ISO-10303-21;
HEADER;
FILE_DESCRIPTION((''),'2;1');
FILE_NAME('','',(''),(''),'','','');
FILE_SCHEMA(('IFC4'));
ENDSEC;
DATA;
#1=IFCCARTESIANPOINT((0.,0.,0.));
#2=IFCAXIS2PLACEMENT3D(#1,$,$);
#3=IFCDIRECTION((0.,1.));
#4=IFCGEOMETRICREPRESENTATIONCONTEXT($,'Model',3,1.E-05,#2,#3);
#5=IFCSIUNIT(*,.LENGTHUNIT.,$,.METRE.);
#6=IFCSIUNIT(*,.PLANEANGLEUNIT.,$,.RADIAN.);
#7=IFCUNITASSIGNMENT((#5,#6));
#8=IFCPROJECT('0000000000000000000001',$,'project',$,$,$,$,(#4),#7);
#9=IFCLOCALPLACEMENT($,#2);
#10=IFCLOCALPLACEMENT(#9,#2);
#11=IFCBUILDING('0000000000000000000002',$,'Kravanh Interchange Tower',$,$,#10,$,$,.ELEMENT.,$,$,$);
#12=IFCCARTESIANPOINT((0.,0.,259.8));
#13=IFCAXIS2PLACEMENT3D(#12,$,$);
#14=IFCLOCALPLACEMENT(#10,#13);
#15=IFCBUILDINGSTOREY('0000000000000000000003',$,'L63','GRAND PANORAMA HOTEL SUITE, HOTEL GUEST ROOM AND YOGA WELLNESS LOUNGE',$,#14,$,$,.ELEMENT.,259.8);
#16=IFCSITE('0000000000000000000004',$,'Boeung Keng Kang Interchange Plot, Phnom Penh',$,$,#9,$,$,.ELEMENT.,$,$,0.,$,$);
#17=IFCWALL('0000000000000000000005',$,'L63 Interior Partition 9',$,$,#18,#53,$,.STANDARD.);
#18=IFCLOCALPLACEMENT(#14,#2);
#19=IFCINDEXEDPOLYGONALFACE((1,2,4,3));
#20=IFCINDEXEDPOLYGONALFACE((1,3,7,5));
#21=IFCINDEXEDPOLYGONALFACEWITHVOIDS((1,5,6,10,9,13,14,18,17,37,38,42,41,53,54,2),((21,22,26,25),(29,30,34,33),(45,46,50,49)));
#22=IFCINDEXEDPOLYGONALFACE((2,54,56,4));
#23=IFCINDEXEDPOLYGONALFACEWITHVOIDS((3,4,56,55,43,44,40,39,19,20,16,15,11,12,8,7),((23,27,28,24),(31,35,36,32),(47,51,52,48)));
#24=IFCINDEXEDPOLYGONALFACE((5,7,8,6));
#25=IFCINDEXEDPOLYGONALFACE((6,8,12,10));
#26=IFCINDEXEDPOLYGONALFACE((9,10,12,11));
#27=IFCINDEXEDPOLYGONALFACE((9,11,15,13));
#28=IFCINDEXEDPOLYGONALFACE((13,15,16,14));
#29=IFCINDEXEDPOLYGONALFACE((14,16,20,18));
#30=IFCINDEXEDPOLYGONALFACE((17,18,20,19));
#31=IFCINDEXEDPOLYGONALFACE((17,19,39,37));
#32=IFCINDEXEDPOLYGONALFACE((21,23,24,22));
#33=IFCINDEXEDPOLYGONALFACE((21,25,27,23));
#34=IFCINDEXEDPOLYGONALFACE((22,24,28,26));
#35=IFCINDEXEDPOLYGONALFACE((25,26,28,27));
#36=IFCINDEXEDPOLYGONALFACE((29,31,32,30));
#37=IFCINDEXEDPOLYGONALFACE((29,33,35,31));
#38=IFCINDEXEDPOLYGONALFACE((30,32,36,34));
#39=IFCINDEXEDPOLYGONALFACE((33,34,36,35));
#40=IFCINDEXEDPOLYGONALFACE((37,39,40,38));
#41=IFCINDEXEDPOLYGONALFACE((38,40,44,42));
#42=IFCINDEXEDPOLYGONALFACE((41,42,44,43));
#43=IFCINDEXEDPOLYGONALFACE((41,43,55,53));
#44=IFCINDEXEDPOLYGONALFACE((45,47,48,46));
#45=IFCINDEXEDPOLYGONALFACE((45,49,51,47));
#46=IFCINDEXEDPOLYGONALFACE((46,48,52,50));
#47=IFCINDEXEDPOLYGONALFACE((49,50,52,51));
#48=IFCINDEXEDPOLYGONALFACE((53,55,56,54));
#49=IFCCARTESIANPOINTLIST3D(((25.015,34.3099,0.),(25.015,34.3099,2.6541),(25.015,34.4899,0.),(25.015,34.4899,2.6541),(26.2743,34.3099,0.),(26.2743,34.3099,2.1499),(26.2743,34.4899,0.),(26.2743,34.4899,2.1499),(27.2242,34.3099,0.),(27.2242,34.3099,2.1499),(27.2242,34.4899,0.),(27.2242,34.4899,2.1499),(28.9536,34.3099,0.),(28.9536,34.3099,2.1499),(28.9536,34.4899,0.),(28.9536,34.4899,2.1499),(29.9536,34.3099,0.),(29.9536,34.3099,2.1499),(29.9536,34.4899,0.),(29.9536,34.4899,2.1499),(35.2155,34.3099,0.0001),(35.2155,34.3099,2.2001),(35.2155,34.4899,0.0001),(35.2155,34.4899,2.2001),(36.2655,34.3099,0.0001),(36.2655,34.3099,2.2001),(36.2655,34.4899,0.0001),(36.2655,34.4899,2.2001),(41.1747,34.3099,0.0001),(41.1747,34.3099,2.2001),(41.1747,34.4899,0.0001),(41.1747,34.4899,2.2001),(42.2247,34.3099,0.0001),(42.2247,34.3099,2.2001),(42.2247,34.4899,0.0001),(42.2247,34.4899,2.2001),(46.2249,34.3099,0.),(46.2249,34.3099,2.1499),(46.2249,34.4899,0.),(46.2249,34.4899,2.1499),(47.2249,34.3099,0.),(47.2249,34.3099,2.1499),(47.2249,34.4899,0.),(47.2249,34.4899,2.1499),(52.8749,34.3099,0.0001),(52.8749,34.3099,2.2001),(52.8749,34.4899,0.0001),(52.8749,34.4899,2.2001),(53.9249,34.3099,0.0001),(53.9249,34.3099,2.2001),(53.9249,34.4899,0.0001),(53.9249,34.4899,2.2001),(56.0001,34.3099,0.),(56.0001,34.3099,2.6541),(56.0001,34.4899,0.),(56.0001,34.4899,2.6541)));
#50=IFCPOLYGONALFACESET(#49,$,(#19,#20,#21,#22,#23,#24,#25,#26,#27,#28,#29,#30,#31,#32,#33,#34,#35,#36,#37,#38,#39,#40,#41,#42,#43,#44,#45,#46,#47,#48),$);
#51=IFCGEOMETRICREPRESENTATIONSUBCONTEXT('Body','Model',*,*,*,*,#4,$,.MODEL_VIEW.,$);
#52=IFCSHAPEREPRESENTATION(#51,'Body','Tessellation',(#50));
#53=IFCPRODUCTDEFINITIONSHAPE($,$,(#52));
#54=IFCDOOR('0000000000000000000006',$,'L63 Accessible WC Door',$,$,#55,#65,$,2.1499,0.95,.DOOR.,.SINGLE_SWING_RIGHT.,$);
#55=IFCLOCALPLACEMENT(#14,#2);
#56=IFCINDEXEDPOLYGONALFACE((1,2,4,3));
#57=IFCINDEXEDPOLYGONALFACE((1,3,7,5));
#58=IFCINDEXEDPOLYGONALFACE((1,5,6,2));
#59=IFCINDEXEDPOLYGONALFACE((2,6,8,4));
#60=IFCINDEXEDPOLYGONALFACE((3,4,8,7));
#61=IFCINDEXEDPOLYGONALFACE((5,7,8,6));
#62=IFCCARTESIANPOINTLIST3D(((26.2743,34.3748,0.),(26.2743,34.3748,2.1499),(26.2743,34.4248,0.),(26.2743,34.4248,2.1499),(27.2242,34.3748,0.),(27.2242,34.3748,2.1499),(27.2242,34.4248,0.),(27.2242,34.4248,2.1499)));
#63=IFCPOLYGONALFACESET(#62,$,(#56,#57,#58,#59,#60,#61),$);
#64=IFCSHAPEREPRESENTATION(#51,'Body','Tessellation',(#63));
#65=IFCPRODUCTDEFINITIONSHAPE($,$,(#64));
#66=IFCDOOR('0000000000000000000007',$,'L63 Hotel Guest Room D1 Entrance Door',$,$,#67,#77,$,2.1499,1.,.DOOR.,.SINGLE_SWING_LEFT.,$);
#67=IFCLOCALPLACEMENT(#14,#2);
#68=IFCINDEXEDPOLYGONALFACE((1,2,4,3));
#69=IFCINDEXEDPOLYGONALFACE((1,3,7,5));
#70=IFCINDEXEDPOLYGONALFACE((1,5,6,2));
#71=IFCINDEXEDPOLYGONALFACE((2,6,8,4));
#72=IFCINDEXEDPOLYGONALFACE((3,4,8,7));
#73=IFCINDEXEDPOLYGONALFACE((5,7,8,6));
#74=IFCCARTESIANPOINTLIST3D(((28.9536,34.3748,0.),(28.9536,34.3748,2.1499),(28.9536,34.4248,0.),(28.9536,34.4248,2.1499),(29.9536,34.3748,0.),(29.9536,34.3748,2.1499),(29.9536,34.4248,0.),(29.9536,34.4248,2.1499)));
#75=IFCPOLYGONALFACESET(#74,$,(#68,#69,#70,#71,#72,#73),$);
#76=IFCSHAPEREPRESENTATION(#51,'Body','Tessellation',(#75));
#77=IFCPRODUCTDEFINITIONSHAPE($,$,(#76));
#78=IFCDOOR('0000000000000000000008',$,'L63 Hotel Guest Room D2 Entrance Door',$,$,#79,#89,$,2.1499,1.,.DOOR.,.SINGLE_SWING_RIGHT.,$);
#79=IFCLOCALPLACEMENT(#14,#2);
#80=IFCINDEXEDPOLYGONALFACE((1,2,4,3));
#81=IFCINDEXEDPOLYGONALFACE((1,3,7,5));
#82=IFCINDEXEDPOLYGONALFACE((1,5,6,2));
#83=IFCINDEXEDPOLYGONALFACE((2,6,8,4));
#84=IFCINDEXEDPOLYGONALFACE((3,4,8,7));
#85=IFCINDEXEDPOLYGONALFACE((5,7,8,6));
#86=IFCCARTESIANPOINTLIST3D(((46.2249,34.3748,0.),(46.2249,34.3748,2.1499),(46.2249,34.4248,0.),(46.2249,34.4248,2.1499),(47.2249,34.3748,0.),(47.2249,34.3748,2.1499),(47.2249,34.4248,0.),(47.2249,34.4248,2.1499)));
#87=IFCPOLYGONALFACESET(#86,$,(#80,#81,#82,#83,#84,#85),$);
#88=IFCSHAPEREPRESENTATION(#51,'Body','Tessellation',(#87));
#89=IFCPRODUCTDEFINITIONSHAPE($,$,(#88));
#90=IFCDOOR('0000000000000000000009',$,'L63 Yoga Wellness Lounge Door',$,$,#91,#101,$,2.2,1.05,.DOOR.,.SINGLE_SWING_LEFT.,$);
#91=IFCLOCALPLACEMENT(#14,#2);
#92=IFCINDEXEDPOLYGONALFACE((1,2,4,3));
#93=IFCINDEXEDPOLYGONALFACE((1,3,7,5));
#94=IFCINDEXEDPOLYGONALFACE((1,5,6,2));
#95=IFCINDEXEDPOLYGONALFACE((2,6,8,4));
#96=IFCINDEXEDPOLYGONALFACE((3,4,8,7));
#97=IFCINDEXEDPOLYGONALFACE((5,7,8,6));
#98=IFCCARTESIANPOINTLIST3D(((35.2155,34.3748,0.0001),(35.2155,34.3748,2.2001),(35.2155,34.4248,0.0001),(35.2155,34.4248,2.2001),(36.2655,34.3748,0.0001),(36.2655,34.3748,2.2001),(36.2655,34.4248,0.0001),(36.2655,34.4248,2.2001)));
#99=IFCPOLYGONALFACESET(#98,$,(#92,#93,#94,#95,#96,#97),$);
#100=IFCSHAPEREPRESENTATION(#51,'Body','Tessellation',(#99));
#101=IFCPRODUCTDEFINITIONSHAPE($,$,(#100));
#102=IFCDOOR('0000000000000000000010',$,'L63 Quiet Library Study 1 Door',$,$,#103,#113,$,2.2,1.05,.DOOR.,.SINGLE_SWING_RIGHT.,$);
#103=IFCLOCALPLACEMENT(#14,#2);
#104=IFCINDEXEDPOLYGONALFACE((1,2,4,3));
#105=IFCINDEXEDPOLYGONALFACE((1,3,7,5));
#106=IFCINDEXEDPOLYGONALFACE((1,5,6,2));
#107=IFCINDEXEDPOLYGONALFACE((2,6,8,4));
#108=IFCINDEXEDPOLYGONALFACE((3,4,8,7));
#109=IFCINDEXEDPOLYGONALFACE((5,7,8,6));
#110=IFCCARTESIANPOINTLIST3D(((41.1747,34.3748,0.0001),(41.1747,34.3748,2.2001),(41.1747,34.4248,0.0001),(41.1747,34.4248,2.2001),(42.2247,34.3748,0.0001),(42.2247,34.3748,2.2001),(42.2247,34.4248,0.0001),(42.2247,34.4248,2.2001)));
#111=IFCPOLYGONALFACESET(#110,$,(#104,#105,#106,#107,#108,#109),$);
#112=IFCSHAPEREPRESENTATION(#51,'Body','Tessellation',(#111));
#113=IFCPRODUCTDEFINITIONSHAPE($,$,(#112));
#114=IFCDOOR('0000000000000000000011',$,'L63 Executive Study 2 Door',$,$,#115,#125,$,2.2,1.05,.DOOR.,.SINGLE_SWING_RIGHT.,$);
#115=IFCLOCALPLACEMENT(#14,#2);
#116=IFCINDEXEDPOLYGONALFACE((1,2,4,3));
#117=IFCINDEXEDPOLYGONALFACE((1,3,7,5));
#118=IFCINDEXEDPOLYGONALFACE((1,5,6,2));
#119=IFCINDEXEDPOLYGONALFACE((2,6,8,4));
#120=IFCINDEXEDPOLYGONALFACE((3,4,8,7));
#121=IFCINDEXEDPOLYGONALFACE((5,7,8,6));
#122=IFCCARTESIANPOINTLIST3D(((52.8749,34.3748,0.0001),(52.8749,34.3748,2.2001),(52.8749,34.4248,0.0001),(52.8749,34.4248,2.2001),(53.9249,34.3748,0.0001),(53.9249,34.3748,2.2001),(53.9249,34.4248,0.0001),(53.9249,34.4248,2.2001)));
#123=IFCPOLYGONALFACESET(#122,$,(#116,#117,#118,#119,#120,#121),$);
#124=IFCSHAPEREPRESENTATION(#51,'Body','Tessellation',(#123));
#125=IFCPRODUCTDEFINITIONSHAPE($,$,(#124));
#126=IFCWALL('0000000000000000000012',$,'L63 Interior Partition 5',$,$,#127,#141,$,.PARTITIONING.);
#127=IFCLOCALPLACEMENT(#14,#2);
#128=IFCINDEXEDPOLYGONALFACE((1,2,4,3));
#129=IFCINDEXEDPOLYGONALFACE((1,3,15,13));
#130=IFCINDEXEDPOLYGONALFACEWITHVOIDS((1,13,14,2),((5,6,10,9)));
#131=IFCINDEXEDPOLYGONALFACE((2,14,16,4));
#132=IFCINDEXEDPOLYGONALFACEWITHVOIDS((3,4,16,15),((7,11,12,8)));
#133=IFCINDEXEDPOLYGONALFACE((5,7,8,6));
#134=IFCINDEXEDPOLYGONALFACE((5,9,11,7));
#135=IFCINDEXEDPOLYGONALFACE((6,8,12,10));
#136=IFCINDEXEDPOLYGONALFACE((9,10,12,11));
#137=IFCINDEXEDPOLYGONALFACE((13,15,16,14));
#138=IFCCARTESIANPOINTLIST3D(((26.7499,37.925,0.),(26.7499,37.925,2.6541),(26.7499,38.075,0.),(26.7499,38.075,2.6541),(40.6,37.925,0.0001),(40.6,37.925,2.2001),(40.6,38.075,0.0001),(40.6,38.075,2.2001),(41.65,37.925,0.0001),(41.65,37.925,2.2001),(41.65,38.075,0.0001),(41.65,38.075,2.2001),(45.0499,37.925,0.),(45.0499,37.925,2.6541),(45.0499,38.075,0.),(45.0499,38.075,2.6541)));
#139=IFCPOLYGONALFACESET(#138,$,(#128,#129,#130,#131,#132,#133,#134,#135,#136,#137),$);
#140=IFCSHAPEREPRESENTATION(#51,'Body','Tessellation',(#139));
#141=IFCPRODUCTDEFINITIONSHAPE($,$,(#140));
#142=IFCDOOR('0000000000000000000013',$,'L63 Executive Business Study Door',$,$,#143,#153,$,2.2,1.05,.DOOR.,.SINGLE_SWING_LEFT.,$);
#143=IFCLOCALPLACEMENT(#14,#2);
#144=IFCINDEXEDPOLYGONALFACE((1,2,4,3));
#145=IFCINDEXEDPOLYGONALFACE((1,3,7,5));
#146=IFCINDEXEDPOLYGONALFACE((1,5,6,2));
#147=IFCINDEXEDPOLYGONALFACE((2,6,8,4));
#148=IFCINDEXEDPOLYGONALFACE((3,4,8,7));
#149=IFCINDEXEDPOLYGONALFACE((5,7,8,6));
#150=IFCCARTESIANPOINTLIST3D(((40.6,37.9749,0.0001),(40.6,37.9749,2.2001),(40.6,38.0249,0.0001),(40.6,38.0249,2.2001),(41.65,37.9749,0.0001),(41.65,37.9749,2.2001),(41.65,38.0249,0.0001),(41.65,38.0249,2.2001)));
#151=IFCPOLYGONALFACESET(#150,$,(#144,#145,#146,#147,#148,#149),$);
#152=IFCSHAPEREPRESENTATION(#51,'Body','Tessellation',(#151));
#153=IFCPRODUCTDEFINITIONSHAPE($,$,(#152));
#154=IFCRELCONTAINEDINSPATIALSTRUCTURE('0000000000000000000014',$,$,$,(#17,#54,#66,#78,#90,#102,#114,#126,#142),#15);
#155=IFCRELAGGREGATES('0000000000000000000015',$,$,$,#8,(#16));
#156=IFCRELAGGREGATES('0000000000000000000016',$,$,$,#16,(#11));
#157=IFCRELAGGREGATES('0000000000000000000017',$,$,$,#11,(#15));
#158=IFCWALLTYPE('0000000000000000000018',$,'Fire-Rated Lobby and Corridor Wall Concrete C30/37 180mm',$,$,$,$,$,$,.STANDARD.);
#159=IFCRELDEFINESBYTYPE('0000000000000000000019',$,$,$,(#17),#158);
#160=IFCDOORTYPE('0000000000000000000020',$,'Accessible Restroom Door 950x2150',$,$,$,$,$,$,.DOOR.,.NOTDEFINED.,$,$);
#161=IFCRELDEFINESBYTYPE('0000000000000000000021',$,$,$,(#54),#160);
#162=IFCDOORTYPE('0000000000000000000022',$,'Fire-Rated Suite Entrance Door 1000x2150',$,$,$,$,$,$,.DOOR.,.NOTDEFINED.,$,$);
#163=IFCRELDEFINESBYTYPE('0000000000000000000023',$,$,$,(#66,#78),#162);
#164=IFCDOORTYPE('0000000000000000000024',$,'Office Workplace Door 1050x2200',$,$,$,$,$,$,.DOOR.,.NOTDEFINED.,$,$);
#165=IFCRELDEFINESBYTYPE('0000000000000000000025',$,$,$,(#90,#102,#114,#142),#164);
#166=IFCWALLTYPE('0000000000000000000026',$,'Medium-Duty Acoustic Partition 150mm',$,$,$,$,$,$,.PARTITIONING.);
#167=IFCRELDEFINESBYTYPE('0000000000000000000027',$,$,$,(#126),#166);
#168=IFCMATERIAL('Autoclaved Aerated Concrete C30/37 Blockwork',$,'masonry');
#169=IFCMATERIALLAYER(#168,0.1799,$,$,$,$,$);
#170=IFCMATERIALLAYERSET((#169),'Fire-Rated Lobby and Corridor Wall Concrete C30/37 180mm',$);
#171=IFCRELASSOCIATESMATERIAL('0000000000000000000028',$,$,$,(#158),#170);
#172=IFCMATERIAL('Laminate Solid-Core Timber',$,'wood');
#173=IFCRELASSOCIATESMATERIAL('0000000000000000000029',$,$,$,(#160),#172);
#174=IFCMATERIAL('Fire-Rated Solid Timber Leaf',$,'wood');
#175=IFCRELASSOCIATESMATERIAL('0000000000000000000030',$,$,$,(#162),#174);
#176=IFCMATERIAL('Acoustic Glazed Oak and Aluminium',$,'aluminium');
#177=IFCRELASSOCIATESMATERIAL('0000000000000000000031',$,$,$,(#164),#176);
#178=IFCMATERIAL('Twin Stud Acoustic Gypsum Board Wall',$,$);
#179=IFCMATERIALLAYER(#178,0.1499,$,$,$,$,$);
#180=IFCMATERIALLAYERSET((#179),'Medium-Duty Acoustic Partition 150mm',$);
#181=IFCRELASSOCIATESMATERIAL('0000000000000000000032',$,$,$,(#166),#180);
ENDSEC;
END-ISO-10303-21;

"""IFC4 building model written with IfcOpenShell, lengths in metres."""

from ifc_helpers import new_model, si_unit, direction, frame, frame_2d, origin, place, context, subcontext, project, spatial, rectangle, extrude, material, layer, layer_set, type_object, element, fill, save


model = new_model("IFC4")

# Units and contexts
model_context = context("Model", 3, precision=1e-05, world=origin(), true_north=direction((0.0, 1.0)))
body_context = subcontext(model_context, "Body", "Model", "MODEL_VIEW")
ifc_project = project(units=[si_unit("LENGTHUNIT", "METRE"), si_unit("PLANEANGLEUNIT", "RADIAN")], contexts=[model_context])

# Site, building, storey
site_placement = place(None, origin())
site = spatial("IfcSite", under=ifc_project, at=site_placement, Name="Boeung Keng Kang Interchange Plot, Phnom Penh", CompositionType="ELEMENT", RefElevation=0.0)
building_placement = place(site_placement, origin())
building = spatial("IfcBuilding", under=site, at=building_placement, Name="Kravanh Interchange Tower", CompositionType="ELEMENT")
storey_placement = place(building_placement, frame((0.0, 0.0, 259.8)))
storey = spatial("IfcBuildingStorey", under=building, at=storey_placement, Name="L63", Description="GRAND PANORAMA HOTEL SUITE, HOTEL GUEST ROOM AND YOGA WELLNESS LOUNGE", CompositionType="ELEMENT", Elevation=259.8)

# Wall, openings, doors
ifc_material_1 = material(Name="Autoclaved Aerated Concrete C30/37 Blockwork", Category="masonry")
ifc_layer_1 = layer(ifc_material_1, 0.1799)
ifc_layer_set_1 = layer_set([ifc_layer_1], Name="Fire-Rated Lobby and Corridor Wall Concrete C30/37 180mm")
wall_type_1 = type_object("IfcWallType", Name="Fire-Rated Lobby and Corridor Wall Concrete C30/37 180mm", PredefinedType="STANDARD", material=ifc_layer_set_1)
wall_1_placement = place(storey_placement, frame((25.0149, 34.3999, 0.0), z_axis=(0.0, 0.0, 1.0), x_axis=(1.0, 0.0, 0.0)))
wall_1 = element("IfcWall", 1, at=wall_1_placement, inside=storey, type_object=wall_type_1, Name="L63 Interior Partition 9", PredefinedType="STANDARD", context=body_context, shape_type="SweptSolid", body=[
    extrude(rectangle(XDim=30.9851, YDim=0.1799, at=frame_2d((15.4927, 0.0))), origin(), (0.0, 0.0, 1.0), 2.6541),
])
opening_1_placement = place(wall_1_placement, frame((1.2593, 0.0, 0.0)))
opening_1 = element("IfcOpeningElement", 2, at=opening_1_placement, cuts=wall_1, PredefinedType="OPENING", context=body_context, shape_type="SweptSolid", body=[
    extrude(rectangle(XDim=0.95, YDim=2.1499, at=frame_2d((0.4751, 1.075))), frame((0.0, 0.1001, 0.0), z_axis=(0.0, -1.0, 0.0), x_axis=(1.0, 0.0, 0.0)), (0.0, 0.0, 1.0), 0.2),
])
opening_2_placement = place(wall_1_placement, frame((3.9387, 0.0, 0.0)))
opening_2 = element("IfcOpeningElement", 3, at=opening_2_placement, cuts=wall_1, PredefinedType="OPENING", context=body_context, shape_type="SweptSolid", body=[
    extrude(rectangle(XDim=1.0, YDim=2.1499, at=frame_2d((0.5, 1.075))), frame((0.0, 0.1001, 0.0), z_axis=(0.0, -1.0, 0.0), x_axis=(1.0, 0.0, 0.0)), (0.0, 0.0, 1.0), 0.2),
])
opening_3_placement = place(wall_1_placement, frame((10.2007, 0.0, 0.0)))
opening_3 = element("IfcOpeningElement", 4, at=opening_3_placement, cuts=wall_1, PredefinedType="OPENING", context=body_context, shape_type="SweptSolid", body=[
    extrude(rectangle(XDim=1.05, YDim=2.2, at=frame_2d((0.5249, 1.1001))), frame((0.0, 0.1001, 0.0), z_axis=(0.0, -1.0, 0.0), x_axis=(1.0, 0.0, 0.0)), (0.0, 0.0, 1.0), 0.2),
])
opening_4_placement = place(wall_1_placement, frame((16.1599, 0.0, 0.0)))
opening_4 = element("IfcOpeningElement", 5, at=opening_4_placement, cuts=wall_1, PredefinedType="OPENING", context=body_context, shape_type="SweptSolid", body=[
    extrude(rectangle(XDim=1.05, YDim=2.2, at=frame_2d((0.5249, 1.1001))), frame((0.0, 0.1001, 0.0), z_axis=(0.0, -1.0, 0.0), x_axis=(1.0, 0.0, 0.0)), (0.0, 0.0, 1.0), 0.2),
])
opening_5_placement = place(wall_1_placement, frame((21.21, 0.0, 0.0)))
opening_5 = element("IfcOpeningElement", 6, at=opening_5_placement, cuts=wall_1, PredefinedType="OPENING", context=body_context, shape_type="SweptSolid", body=[
    extrude(rectangle(XDim=1.0, YDim=2.1499, at=frame_2d((0.5, 1.075))), frame((0.0, 0.1001, 0.0), z_axis=(0.0, -1.0, 0.0), x_axis=(1.0, 0.0, 0.0)), (0.0, 0.0, 1.0), 0.2),
])
opening_6_placement = place(wall_1_placement, frame((27.8601, 0.0, 0.0)))
opening_6 = element("IfcOpeningElement", 7, at=opening_6_placement, cuts=wall_1, PredefinedType="OPENING", context=body_context, shape_type="SweptSolid", body=[
    extrude(rectangle(XDim=1.05, YDim=2.2, at=frame_2d((0.5249, 1.1001))), frame((0.0, 0.1001, 0.0), z_axis=(0.0, -1.0, 0.0), x_axis=(1.0, 0.0, 0.0)), (0.0, 0.0, 1.0), 0.2),
])
ifc_material_2 = material(Name="Laminate Solid-Core Timber", Category="wood")
door_type_1 = type_object("IfcDoorType", Name="Accessible Restroom Door 950x2150", OperationType="NOTDEFINED", PredefinedType="DOOR", material=ifc_material_2)
door_1_placement = place(opening_1_placement, origin())
door_1 = element("IfcDoor", 8, at=door_1_placement, inside=storey, type_object=door_type_1, Name="L63 Accessible WC Door", OperationType="SINGLE_SWING_RIGHT", OverallHeight=2.1499, OverallWidth=0.95, PredefinedType="DOOR", context=body_context, shape_type="SweptSolid", body=[
    extrude(rectangle(XDim=0.95, YDim=2.1499, at=frame_2d((0.4751, 1.075))), frame((0.0, 0.0249, 0.0), z_axis=(0.0, -1.0, 0.0), x_axis=(1.0, 0.0, 0.0)), (0.0, 0.0, 1.0), 0.05),
])
fill(opening_1, door_1)
ifc_material_3 = material(Name="Fire-Rated Solid Timber Leaf", Category="wood")
door_type_2 = type_object("IfcDoorType", Name="Fire-Rated Suite Entrance Door 1000x2150", OperationType="NOTDEFINED", PredefinedType="DOOR", material=ifc_material_3)
door_2_placement = place(opening_2_placement, origin())
door_2 = element("IfcDoor", 9, at=door_2_placement, inside=storey, type_object=door_type_2, Name="L63 Hotel Guest Room D1 Entrance Door", OperationType="SINGLE_SWING_LEFT", OverallHeight=2.1499, OverallWidth=1.0, PredefinedType="DOOR", context=body_context, shape_type="SweptSolid", body=[
    extrude(rectangle(XDim=1.0, YDim=2.1499, at=frame_2d((0.5, 1.075))), frame((0.0, 0.0249, 0.0), z_axis=(0.0, -1.0, 0.0), x_axis=(1.0, 0.0, 0.0)), (0.0, 0.0, 1.0), 0.05),
])
fill(opening_2, door_2)
door_3_placement = place(opening_5_placement, origin())
door_3 = element("IfcDoor", 10, at=door_3_placement, inside=storey, type_object=door_type_2, Name="L63 Hotel Guest Room D2 Entrance Door", OperationType="SINGLE_SWING_RIGHT", OverallHeight=2.1499, OverallWidth=1.0, PredefinedType="DOOR", context=body_context, shape_type="SweptSolid", body=[
    extrude(rectangle(XDim=1.0, YDim=2.1499, at=frame_2d((0.5, 1.075))), frame((0.0, 0.0249, 0.0), z_axis=(0.0, -1.0, 0.0), x_axis=(1.0, 0.0, 0.0)), (0.0, 0.0, 1.0), 0.05),
])
fill(opening_5, door_3)
ifc_material_4 = material(Name="Acoustic Glazed Oak and Aluminium", Category="aluminium")
door_type_3 = type_object("IfcDoorType", Name="Office Workplace Door 1050x2200", OperationType="NOTDEFINED", PredefinedType="DOOR", material=ifc_material_4)
door_4_placement = place(opening_3_placement, origin())
door_4 = element("IfcDoor", 11, at=door_4_placement, inside=storey, type_object=door_type_3, Name="L63 Yoga Wellness Lounge Door", OperationType="SINGLE_SWING_LEFT", OverallHeight=2.2, OverallWidth=1.05, PredefinedType="DOOR", context=body_context, shape_type="SweptSolid", body=[
    extrude(rectangle(XDim=1.05, YDim=2.2, at=frame_2d((0.5249, 1.1001))), frame((0.0, 0.0249, 0.0), z_axis=(0.0, -1.0, 0.0), x_axis=(1.0, 0.0, 0.0)), (0.0, 0.0, 1.0), 0.05),
])
fill(opening_3, door_4)
door_5_placement = place(opening_4_placement, origin())
door_5 = element("IfcDoor", 12, at=door_5_placement, inside=storey, type_object=door_type_3, Name="L63 Quiet Library Study 1 Door", OperationType="SINGLE_SWING_RIGHT", OverallHeight=2.2, OverallWidth=1.05, PredefinedType="DOOR", context=body_context, shape_type="SweptSolid", body=[
    extrude(rectangle(XDim=1.05, YDim=2.2, at=frame_2d((0.5249, 1.1001))), frame((0.0, 0.0249, 0.0), z_axis=(0.0, -1.0, 0.0), x_axis=(1.0, 0.0, 0.0)), (0.0, 0.0, 1.0), 0.05),
])
fill(opening_4, door_5)
door_6_placement = place(opening_6_placement, origin())
door_6 = element("IfcDoor", 13, at=door_6_placement, inside=storey, type_object=door_type_3, Name="L63 Executive Study 2 Door", OperationType="SINGLE_SWING_RIGHT", OverallHeight=2.2, OverallWidth=1.05, PredefinedType="DOOR", context=body_context, shape_type="SweptSolid", body=[
    extrude(rectangle(XDim=1.05, YDim=2.2, at=frame_2d((0.5249, 1.1001))), frame((0.0, 0.0249, 0.0), z_axis=(0.0, -1.0, 0.0), x_axis=(1.0, 0.0, 0.0)), (0.0, 0.0, 1.0), 0.05),
])
fill(opening_6, door_6)

# Wall, opening, door
ifc_material_5 = material(Name="Twin Stud Acoustic Gypsum Board Wall")
ifc_layer_2 = layer(ifc_material_5, 0.1499)
ifc_layer_set_2 = layer_set([ifc_layer_2], Name="Medium-Duty Acoustic Partition 150mm")
wall_type_2 = type_object("IfcWallType", Name="Medium-Duty Acoustic Partition 150mm", PredefinedType="PARTITIONING", material=ifc_layer_set_2)
wall_2_placement = place(storey_placement, frame((26.75, 38.0, 0.0), z_axis=(0.0, 0.0, 1.0), x_axis=(1.0, 0.0, 0.0)))
wall_2 = element("IfcWall", 14, at=wall_2_placement, inside=storey, type_object=wall_type_2, Name="L63 Interior Partition 5", PredefinedType="PARTITIONING", context=body_context, shape_type="SweptSolid", body=[
    extrude(rectangle(XDim=18.3, YDim=0.1499, at=frame_2d((9.1499, 0.0))), origin(), (0.0, 0.0, 1.0), 2.6541),
])
opening_7_placement = place(wall_2_placement, frame((13.8501, 0.0, 0.0)))
opening_7 = element("IfcOpeningElement", 15, at=opening_7_placement, cuts=wall_2, PredefinedType="OPENING", context=body_context, shape_type="SweptSolid", body=[
    extrude(rectangle(XDim=1.05, YDim=2.2, at=frame_2d((0.5249, 1.1001))), frame((0.0, 0.085, 0.0), z_axis=(0.0, -1.0, 0.0), x_axis=(1.0, 0.0, 0.0)), (0.0, 0.0, 1.0), 0.1699),
])
door_7_placement = place(opening_7_placement, origin())
door_7 = element("IfcDoor", 16, at=door_7_placement, inside=storey, type_object=door_type_3, Name="L63 Executive Business Study Door", OperationType="SINGLE_SWING_LEFT", OverallHeight=2.2, OverallWidth=1.05, PredefinedType="DOOR", context=body_context, shape_type="SweptSolid", body=[
    extrude(rectangle(XDim=1.05, YDim=2.2, at=frame_2d((0.5249, 1.1001))), frame((0.0, 0.0249, 0.0), z_axis=(0.0, -1.0, 0.0), x_axis=(1.0, 0.0, 0.0)), (0.0, 0.0, 1.0), 0.05),
])
fill(opening_7, door_7)

save(model, "model.ifc")
